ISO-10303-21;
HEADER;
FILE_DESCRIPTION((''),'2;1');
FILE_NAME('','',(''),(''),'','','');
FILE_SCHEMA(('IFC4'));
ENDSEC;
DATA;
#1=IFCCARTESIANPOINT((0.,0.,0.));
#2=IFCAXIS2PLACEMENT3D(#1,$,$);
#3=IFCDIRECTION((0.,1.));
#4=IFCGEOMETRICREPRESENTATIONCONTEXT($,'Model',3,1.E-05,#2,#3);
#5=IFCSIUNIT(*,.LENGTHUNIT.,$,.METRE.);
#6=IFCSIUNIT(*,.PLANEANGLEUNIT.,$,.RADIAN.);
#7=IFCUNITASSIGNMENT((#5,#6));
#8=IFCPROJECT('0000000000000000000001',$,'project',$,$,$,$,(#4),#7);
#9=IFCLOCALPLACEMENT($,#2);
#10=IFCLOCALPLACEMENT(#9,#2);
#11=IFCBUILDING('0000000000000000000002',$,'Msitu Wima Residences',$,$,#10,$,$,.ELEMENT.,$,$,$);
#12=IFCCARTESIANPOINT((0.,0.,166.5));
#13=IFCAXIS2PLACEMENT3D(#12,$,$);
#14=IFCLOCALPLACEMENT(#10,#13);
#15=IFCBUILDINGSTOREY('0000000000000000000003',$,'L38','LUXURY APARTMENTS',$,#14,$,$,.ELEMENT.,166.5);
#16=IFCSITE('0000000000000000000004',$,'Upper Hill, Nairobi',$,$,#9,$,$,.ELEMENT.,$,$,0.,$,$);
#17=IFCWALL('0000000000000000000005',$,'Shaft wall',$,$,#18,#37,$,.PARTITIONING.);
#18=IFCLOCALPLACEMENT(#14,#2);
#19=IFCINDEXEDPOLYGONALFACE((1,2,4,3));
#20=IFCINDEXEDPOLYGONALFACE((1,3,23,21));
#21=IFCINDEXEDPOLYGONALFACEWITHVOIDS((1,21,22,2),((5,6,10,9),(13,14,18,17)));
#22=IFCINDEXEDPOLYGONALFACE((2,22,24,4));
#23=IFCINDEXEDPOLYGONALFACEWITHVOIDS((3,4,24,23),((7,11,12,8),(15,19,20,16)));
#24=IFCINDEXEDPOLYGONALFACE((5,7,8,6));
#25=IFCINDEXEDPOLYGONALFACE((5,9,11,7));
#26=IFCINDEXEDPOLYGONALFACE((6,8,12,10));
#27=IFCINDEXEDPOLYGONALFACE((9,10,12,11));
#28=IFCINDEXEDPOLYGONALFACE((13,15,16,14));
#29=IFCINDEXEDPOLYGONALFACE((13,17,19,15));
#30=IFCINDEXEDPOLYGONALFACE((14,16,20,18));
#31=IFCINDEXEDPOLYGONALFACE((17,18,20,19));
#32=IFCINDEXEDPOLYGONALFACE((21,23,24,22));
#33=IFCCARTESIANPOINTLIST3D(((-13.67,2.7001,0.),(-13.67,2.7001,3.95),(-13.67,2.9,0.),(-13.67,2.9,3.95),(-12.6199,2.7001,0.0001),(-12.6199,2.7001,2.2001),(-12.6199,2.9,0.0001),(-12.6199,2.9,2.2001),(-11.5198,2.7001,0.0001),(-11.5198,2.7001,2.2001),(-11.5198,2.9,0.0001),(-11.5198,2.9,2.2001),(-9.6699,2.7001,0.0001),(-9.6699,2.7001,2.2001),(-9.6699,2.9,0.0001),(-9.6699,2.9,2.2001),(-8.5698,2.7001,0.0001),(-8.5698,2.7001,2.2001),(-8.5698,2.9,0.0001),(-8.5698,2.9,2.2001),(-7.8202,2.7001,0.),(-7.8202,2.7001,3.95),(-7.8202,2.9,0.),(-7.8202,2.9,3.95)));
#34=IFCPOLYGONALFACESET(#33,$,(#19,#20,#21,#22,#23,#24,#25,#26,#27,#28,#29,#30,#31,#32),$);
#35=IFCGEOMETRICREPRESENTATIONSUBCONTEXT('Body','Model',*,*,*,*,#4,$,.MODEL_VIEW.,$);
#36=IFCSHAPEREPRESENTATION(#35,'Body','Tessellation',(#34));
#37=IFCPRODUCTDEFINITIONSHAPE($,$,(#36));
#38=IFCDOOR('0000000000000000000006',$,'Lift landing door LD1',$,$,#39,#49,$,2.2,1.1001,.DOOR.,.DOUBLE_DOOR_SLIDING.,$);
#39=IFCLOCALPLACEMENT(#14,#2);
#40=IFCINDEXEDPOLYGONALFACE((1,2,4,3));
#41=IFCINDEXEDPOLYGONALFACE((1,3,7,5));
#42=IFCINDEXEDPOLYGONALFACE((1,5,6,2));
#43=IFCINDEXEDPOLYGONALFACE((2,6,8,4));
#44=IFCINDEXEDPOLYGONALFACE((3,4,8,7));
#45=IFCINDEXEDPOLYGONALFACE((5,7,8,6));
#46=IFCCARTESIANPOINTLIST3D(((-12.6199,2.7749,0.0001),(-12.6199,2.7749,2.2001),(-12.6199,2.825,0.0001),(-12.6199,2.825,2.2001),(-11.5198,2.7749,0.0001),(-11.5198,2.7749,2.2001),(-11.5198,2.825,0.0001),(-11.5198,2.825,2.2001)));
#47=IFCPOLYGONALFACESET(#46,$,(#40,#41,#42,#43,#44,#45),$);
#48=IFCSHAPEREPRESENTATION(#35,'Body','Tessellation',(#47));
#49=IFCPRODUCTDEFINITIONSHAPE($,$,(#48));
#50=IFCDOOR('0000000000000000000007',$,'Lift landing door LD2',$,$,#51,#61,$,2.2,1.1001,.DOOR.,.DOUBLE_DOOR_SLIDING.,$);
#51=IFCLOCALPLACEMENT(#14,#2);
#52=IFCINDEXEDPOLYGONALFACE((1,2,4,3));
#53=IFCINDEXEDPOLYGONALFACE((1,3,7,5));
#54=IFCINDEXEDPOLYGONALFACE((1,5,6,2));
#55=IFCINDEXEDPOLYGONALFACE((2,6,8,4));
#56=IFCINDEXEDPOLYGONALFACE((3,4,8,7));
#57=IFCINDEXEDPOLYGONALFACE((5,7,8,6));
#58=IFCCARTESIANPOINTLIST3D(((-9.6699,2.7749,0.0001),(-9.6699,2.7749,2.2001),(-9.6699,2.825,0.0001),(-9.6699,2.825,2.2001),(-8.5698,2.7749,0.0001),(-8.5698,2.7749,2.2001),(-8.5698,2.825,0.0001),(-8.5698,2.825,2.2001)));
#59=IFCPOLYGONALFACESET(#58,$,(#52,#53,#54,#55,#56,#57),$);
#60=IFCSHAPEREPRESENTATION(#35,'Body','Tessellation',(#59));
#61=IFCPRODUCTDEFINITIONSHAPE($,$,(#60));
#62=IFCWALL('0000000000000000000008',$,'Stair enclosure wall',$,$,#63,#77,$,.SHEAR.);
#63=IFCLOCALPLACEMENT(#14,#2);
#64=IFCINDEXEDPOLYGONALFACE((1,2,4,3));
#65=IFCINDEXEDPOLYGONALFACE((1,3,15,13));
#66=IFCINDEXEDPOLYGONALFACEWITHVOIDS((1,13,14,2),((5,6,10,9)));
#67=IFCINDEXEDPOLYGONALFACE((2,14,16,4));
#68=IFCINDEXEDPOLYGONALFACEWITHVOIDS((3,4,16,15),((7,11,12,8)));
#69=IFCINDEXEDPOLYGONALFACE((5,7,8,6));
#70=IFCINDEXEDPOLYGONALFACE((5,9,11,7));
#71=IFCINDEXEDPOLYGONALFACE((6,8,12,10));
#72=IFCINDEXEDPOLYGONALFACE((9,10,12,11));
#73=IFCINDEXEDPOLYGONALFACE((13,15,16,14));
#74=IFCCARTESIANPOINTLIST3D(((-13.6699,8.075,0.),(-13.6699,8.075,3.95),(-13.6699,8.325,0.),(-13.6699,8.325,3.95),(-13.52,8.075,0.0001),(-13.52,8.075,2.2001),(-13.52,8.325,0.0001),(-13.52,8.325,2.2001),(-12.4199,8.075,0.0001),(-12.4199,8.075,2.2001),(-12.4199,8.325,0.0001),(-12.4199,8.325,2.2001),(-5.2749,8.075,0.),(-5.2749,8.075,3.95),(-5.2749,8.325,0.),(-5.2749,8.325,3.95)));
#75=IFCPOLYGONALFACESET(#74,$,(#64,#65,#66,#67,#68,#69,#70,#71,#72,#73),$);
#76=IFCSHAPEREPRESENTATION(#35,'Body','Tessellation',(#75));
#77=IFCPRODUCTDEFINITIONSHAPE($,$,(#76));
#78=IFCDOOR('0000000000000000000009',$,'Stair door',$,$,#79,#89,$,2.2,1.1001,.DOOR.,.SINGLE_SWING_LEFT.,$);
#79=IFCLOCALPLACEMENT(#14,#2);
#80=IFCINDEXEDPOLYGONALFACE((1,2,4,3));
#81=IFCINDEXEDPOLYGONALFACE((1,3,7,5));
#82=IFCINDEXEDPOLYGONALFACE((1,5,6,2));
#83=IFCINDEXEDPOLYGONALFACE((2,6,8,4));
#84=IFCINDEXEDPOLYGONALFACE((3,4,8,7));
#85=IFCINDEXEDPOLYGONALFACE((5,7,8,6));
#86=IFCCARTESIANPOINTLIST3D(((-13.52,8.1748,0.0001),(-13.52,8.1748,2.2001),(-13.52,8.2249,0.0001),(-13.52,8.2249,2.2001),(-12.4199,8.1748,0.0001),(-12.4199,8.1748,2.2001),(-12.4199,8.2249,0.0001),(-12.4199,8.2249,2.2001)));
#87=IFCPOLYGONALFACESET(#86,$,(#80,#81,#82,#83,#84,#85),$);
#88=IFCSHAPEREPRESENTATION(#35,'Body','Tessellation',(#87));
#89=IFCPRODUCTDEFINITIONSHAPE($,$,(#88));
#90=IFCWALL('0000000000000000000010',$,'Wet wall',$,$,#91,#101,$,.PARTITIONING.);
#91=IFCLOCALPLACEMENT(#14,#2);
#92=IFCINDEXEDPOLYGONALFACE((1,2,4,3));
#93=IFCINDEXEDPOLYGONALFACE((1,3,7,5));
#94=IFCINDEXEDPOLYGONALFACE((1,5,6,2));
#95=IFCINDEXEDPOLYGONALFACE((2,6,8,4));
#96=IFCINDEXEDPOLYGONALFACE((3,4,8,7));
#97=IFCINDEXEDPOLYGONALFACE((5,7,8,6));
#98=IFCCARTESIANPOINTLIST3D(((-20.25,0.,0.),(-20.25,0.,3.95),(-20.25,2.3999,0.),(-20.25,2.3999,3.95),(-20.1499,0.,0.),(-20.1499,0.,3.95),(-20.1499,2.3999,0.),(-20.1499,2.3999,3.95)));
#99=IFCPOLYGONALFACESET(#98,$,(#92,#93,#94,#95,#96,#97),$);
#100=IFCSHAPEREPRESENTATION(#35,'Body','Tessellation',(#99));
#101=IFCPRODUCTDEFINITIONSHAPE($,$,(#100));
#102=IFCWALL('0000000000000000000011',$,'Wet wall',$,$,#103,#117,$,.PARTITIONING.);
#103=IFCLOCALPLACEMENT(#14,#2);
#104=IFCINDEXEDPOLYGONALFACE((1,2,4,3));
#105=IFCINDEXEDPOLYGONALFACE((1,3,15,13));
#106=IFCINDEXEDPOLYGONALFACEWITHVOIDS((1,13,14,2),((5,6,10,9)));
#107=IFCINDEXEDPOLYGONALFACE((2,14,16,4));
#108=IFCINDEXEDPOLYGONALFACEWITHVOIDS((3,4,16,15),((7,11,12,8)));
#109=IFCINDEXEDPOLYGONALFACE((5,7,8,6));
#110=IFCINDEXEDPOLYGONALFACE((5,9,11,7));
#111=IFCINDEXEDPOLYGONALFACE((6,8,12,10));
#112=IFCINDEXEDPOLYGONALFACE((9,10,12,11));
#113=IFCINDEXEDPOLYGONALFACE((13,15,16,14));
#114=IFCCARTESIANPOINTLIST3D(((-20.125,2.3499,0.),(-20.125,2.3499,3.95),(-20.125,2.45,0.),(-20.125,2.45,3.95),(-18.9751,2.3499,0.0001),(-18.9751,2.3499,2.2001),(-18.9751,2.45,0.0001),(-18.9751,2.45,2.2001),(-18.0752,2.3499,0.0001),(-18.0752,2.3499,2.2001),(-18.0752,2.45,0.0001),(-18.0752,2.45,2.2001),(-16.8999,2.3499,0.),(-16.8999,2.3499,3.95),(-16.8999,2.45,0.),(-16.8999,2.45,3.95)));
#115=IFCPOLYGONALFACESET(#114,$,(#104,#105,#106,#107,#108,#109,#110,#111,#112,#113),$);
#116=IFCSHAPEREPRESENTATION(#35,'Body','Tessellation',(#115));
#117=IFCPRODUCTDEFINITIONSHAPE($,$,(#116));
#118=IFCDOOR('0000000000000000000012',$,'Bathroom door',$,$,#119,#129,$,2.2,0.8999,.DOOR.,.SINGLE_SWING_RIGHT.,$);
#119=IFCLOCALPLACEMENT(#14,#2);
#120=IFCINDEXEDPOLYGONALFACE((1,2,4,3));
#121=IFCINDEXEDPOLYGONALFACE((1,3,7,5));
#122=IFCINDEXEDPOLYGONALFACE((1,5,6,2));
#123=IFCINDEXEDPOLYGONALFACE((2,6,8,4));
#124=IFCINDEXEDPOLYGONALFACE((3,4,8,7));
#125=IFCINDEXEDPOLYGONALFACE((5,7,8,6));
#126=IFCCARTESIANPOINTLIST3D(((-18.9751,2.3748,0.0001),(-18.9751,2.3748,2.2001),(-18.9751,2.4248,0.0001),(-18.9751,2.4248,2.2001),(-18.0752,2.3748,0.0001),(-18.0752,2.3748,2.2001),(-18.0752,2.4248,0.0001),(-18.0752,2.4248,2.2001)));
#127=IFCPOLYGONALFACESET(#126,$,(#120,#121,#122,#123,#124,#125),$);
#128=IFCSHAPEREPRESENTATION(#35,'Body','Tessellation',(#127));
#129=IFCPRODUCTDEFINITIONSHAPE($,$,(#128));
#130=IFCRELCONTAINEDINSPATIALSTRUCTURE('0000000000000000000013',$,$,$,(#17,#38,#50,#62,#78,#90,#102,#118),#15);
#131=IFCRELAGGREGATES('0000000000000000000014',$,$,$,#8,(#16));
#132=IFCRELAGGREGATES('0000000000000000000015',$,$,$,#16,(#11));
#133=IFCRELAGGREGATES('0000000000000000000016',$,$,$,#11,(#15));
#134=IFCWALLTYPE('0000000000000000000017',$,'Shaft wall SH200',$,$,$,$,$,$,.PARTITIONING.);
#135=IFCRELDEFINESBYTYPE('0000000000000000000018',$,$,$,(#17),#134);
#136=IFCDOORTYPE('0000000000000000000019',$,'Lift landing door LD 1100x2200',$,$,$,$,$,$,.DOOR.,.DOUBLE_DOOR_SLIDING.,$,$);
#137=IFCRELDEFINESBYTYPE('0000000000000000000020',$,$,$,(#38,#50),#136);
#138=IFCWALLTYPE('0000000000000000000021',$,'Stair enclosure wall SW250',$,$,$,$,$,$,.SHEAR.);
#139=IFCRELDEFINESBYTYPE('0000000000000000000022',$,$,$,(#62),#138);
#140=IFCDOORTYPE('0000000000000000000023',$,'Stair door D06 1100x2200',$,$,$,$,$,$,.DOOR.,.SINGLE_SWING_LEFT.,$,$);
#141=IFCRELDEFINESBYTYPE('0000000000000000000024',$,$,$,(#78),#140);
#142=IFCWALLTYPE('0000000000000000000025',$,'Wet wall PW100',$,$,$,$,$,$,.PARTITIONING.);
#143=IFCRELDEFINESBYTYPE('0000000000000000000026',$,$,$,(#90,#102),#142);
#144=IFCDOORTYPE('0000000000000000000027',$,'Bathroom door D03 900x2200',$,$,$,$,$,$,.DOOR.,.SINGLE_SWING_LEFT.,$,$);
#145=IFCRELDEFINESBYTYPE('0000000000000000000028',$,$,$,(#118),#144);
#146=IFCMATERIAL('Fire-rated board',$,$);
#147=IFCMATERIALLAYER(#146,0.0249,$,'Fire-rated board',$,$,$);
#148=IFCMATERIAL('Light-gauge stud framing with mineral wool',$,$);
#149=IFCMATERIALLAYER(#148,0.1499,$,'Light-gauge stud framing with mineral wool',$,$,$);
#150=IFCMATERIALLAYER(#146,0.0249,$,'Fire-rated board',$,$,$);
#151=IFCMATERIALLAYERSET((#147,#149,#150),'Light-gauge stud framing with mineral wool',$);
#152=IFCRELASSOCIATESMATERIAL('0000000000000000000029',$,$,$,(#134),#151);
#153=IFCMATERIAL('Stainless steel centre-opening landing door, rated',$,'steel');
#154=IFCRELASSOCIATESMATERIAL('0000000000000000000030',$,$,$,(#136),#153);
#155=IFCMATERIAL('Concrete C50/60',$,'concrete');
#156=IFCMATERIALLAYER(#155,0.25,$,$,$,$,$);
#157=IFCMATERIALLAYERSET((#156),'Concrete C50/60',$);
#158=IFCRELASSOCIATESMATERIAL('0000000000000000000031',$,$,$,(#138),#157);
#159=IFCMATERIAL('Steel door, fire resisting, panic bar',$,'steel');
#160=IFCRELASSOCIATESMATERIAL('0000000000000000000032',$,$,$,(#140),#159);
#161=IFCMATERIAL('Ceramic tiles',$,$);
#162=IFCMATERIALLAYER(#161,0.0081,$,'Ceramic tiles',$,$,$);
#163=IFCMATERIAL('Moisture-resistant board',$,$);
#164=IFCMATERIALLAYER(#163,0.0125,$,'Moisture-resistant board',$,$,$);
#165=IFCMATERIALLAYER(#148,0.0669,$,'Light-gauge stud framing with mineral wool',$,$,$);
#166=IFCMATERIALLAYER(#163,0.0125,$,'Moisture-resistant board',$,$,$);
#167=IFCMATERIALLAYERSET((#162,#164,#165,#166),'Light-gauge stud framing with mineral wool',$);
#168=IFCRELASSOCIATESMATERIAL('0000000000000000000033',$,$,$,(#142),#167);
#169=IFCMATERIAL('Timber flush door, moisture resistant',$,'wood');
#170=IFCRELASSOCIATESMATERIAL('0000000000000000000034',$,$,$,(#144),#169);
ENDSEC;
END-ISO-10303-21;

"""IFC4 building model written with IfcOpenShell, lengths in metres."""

from ifc_helpers import new_model, si_unit, direction, frame, frame_2d, origin, place, context, subcontext, project, spatial, rectangle, extrude, material, layer, layer_set, type_object, element, fill, save


model = new_model("IFC4")

# Units and contexts
model_context = context("Model", 3, precision=1e-05, world=origin(), true_north=direction((0.0, 1.0)))
body_context = subcontext(model_context, "Body", "Model", "MODEL_VIEW")
ifc_project = project(units=[si_unit("LENGTHUNIT", "METRE"), si_unit("PLANEANGLEUNIT", "RADIAN")], contexts=[model_context])

# Site, building, storey
site_placement = place(None, origin())
site = spatial("IfcSite", under=ifc_project, at=site_placement, Name="Upper Hill, Nairobi", CompositionType="ELEMENT", RefElevation=0.0)
building_placement = place(site_placement, origin())
building = spatial("IfcBuilding", under=site, at=building_placement, Name="Msitu Wima Residences", CompositionType="ELEMENT")
storey_placement = place(building_placement, frame((0.0, 0.0, 166.5)))
storey = spatial("IfcBuildingStorey", under=building, at=storey_placement, Name="L38", Description="LUXURY APARTMENTS", CompositionType="ELEMENT", Elevation=166.5)

# Shared definitions
ifc_material_1 = material(Name="Concrete C50/60", Category="concrete")

# Shared definitions
ifc_material_2 = material(Name="Fire-rated board")
ifc_layer_1 = layer(ifc_material_2, 0.0249, Name="Fire-rated board")
ifc_material_3 = material(Name="Light-gauge stud framing with mineral wool")
ifc_layer_2 = layer(ifc_material_3, 0.1499, Name="Light-gauge stud framing with mineral wool")
ifc_layer_3 = layer(ifc_material_2, 0.0249, Name="Fire-rated board")
ifc_layer_set_1 = layer_set([ifc_layer_1, ifc_layer_2, ifc_layer_3], Name="Light-gauge stud framing with mineral wool")
wall_type_1 = type_object("IfcWallType", Name="Shaft wall SH200", PredefinedType="PARTITIONING", material=ifc_layer_set_1)

# Wall, openings, doors
wall_1_placement = place(storey_placement, frame((-13.6699, 2.8, 0.0), z_axis=(0.0, 0.0, 1.0), x_axis=(1.0, 0.0, 0.0)))
wall_1 = element("IfcWall", 1, at=wall_1_placement, inside=storey, type_object=wall_type_1, Name="Shaft wall", PredefinedType="PARTITIONING", context=body_context, shape_type="SweptSolid", body=[
    extrude(rectangle(XDim=5.8499, YDim=0.2, at=frame_2d((2.9248, 0.0))), origin(), (0.0, 0.0, 1.0), 3.95),
])
opening_1_placement = place(wall_1_placement, frame((1.05, 0.0, 0.0)))
opening_1 = element("IfcOpeningElement", 2, at=opening_1_placement, cuts=wall_1, PredefinedType="OPENING", context=body_context, shape_type="SweptSolid", body=[
    extrude(rectangle(XDim=1.1001, YDim=2.2, at=frame_2d((0.55, 1.1001))), frame((0.0, 0.1099, 0.0), z_axis=(0.0, -1.0, 0.0), x_axis=(1.0, 0.0, 0.0)), (0.0, 0.0, 1.0), 0.22),
])
opening_2_placement = place(wall_1_placement, frame((4.0, 0.0, 0.0)))
opening_2 = element("IfcOpeningElement", 3, at=opening_2_placement, cuts=wall_1, PredefinedType="OPENING", context=body_context, shape_type="SweptSolid", body=[
    extrude(rectangle(XDim=1.1001, YDim=2.2, at=frame_2d((0.55, 1.1001))), frame((0.0, 0.1099, 0.0), z_axis=(0.0, -1.0, 0.0), x_axis=(1.0, 0.0, 0.0)), (0.0, 0.0, 1.0), 0.22),
])
ifc_material_4 = material(Name="Stainless steel centre-opening landing door, rated", Category="steel")
door_type_1 = type_object("IfcDoorType", Name="Lift landing door LD 1100x2200", OperationType="DOUBLE_DOOR_SLIDING", PredefinedType="DOOR", material=ifc_material_4)
door_1_placement = place(opening_1_placement, origin())
door_1 = element("IfcDoor", 4, at=door_1_placement, inside=storey, type_object=door_type_1, Name="Lift landing door LD1", OperationType="DOUBLE_DOOR_SLIDING", OverallHeight=2.2, OverallWidth=1.1001, PredefinedType="DOOR", context=body_context, shape_type="SweptSolid", body=[
    extrude(rectangle(XDim=1.1001, YDim=2.2, at=frame_2d((0.55, 1.1001))), frame((0.0, 0.0249, 0.0), z_axis=(0.0, -1.0, 0.0), x_axis=(1.0, 0.0, 0.0)), (0.0, 0.0, 1.0), 0.05),
])
fill(opening_1, door_1)
door_2_placement = place(opening_2_placement, origin())
door_2 = element("IfcDoor", 5, at=door_2_placement, inside=storey, type_object=door_type_1, Name="Lift landing door LD2", OperationType="DOUBLE_DOOR_SLIDING", OverallHeight=2.2, OverallWidth=1.1001, PredefinedType="DOOR", context=body_context, shape_type="SweptSolid", body=[
    extrude(rectangle(XDim=1.1001, YDim=2.2, at=frame_2d((0.55, 1.1001))), frame((0.0, 0.0249, 0.0), z_axis=(0.0, -1.0, 0.0), x_axis=(1.0, 0.0, 0.0)), (0.0, 0.0, 1.0), 0.05),
])
fill(opening_2, door_2)

# Wall, opening, door
ifc_layer_4 = layer(ifc_material_1, 0.25)
ifc_layer_set_2 = layer_set([ifc_layer_4], Name="Concrete C50/60")
wall_type_2 = type_object("IfcWallType", Name="Stair enclosure wall SW250", PredefinedType="SHEAR", material=ifc_layer_set_2)
wall_2_placement = place(storey_placement, frame((-13.6699, 8.2, 0.0), z_axis=(0.0, 0.0, 1.0), x_axis=(1.0, 0.0, 0.0)))
wall_2 = element("IfcWall", 6, at=wall_2_placement, inside=storey, type_object=wall_type_2, Name="Stair enclosure wall", PredefinedType="SHEAR", context=body_context, shape_type="SweptSolid", body=[
    extrude(rectangle(XDim=8.395, YDim=0.25, at=frame_2d((4.1975, 0.0))), origin(), (0.0, 0.0, 1.0), 3.95),
])
opening_3_placement = place(wall_2_placement, frame((0.1499, 0.0, 0.0)))
opening_3 = element("IfcOpeningElement", 7, at=opening_3_placement, cuts=wall_2, PredefinedType="OPENING", context=body_context, shape_type="SweptSolid", body=[
    extrude(rectangle(XDim=1.1001, YDim=2.2, at=frame_2d((0.55, 1.1001))), frame((0.0, 0.135, 0.0), z_axis=(0.0, -1.0, 0.0), x_axis=(1.0, 0.0, 0.0)), (0.0, 0.0, 1.0), 0.27),
])
ifc_material_5 = material(Name="Steel door, fire resisting, panic bar", Category="steel")
door_type_2 = type_object("IfcDoorType", Name="Stair door D06 1100x2200", OperationType="SINGLE_SWING_LEFT", PredefinedType="DOOR", material=ifc_material_5)
door_3_placement = place(opening_3_placement, origin())
door_3 = element("IfcDoor", 8, at=door_3_placement, inside=storey, type_object=door_type_2, Name="Stair door", OperationType="SINGLE_SWING_LEFT", OverallHeight=2.2, OverallWidth=1.1001, PredefinedType="DOOR", context=body_context, shape_type="SweptSolid", body=[
    extrude(rectangle(XDim=1.1001, YDim=2.2, at=frame_2d((0.55, 1.1001))), frame((0.0, 0.0249, 0.0), z_axis=(0.0, -1.0, 0.0), x_axis=(1.0, 0.0, 0.0)), (0.0, 0.0, 1.0), 0.05),
])
fill(opening_3, door_3)

# Wall
ifc_material_6 = material(Name="Ceramic tiles")
ifc_layer_5 = layer(ifc_material_6, 0.0081, Name="Ceramic tiles")
ifc_material_7 = material(Name="Moisture-resistant board")
ifc_layer_6 = layer(ifc_material_7, 0.0125, Name="Moisture-resistant board")
ifc_layer_7 = layer(ifc_material_3, 0.0669, Name="Light-gauge stud framing with mineral wool")
ifc_layer_8 = layer(ifc_material_7, 0.0125, Name="Moisture-resistant board")
ifc_layer_set_3 = layer_set([ifc_layer_5, ifc_layer_6, ifc_layer_7, ifc_layer_8], Name="Light-gauge stud framing with mineral wool")
wall_type_3 = type_object("IfcWallType", Name="Wet wall PW100", PredefinedType="PARTITIONING", material=ifc_layer_set_3)
wall_3_placement = place(storey_placement, frame((-20.2, 0.0, 0.0), z_axis=(0.0, 0.0, 1.0), x_axis=(0.0, 1.0, 0.0)))
element("IfcWall", 9, at=wall_3_placement, inside=storey, type_object=wall_type_3, Name="Wet wall", PredefinedType="PARTITIONING", context=body_context, shape_type="SweptSolid", body=[
    extrude(rectangle(XDim=2.3999, YDim=0.1001, at=frame_2d((1.2, 0.0))), origin(), (0.0, 0.0, 1.0), 3.95),
])

# Wall, opening, door
wall_4_placement = place(storey_placement, frame((-20.125, 2.3999, 0.0), z_axis=(0.0, 0.0, 1.0), x_axis=(1.0, 0.0, 0.0)))
wall_4 = element("IfcWall", 10, at=wall_4_placement, inside=storey, type_object=wall_type_3, Name="Wet wall", PredefinedType="PARTITIONING", context=body_context, shape_type="SweptSolid", body=[
    extrude(rectangle(XDim=3.2251, YDim=0.1001, at=frame_2d((1.6125, 0.0))), origin(), (0.0, 0.0, 1.0), 3.95),
])
opening_4_placement = place(wall_4_placement, frame((1.1499, 0.0, 0.0)))
opening_4 = element("IfcOpeningElement", 11, at=opening_4_placement, cuts=wall_4, PredefinedType="OPENING", context=body_context, shape_type="SweptSolid", body=[
    extrude(rectangle(XDim=0.8999, YDim=2.2, at=frame_2d((0.45, 1.1001))), frame((0.0, 0.0601, 0.0), z_axis=(0.0, -1.0, 0.0), x_axis=(1.0, 0.0, 0.0)), (0.0, 0.0, 1.0), 0.1201),
])
ifc_material_8 = material(Name="Timber flush door, moisture resistant", Category="wood")
door_type_3 = type_object("IfcDoorType", Name="Bathroom door D03 900x2200", OperationType="SINGLE_SWING_LEFT", PredefinedType="DOOR", material=ifc_material_8)
door_4_placement = place(opening_4_placement, origin())
door_4 = element("IfcDoor", 12, at=door_4_placement, inside=storey, type_object=door_type_3, Name="Bathroom door", OperationType="SINGLE_SWING_RIGHT", OverallHeight=2.2, OverallWidth=0.8999, PredefinedType="DOOR", context=body_context, shape_type="SweptSolid", body=[
    extrude(rectangle(XDim=0.8999, YDim=2.2, at=frame_2d((0.45, 1.1001))), frame((0.0, 0.0249, 0.0), z_axis=(0.0, -1.0, 0.0), x_axis=(1.0, 0.0, 0.0)), (0.0, 0.0, 1.0), 0.05),
])
fill(opening_4, door_4)

save(model, "model.ifc")
